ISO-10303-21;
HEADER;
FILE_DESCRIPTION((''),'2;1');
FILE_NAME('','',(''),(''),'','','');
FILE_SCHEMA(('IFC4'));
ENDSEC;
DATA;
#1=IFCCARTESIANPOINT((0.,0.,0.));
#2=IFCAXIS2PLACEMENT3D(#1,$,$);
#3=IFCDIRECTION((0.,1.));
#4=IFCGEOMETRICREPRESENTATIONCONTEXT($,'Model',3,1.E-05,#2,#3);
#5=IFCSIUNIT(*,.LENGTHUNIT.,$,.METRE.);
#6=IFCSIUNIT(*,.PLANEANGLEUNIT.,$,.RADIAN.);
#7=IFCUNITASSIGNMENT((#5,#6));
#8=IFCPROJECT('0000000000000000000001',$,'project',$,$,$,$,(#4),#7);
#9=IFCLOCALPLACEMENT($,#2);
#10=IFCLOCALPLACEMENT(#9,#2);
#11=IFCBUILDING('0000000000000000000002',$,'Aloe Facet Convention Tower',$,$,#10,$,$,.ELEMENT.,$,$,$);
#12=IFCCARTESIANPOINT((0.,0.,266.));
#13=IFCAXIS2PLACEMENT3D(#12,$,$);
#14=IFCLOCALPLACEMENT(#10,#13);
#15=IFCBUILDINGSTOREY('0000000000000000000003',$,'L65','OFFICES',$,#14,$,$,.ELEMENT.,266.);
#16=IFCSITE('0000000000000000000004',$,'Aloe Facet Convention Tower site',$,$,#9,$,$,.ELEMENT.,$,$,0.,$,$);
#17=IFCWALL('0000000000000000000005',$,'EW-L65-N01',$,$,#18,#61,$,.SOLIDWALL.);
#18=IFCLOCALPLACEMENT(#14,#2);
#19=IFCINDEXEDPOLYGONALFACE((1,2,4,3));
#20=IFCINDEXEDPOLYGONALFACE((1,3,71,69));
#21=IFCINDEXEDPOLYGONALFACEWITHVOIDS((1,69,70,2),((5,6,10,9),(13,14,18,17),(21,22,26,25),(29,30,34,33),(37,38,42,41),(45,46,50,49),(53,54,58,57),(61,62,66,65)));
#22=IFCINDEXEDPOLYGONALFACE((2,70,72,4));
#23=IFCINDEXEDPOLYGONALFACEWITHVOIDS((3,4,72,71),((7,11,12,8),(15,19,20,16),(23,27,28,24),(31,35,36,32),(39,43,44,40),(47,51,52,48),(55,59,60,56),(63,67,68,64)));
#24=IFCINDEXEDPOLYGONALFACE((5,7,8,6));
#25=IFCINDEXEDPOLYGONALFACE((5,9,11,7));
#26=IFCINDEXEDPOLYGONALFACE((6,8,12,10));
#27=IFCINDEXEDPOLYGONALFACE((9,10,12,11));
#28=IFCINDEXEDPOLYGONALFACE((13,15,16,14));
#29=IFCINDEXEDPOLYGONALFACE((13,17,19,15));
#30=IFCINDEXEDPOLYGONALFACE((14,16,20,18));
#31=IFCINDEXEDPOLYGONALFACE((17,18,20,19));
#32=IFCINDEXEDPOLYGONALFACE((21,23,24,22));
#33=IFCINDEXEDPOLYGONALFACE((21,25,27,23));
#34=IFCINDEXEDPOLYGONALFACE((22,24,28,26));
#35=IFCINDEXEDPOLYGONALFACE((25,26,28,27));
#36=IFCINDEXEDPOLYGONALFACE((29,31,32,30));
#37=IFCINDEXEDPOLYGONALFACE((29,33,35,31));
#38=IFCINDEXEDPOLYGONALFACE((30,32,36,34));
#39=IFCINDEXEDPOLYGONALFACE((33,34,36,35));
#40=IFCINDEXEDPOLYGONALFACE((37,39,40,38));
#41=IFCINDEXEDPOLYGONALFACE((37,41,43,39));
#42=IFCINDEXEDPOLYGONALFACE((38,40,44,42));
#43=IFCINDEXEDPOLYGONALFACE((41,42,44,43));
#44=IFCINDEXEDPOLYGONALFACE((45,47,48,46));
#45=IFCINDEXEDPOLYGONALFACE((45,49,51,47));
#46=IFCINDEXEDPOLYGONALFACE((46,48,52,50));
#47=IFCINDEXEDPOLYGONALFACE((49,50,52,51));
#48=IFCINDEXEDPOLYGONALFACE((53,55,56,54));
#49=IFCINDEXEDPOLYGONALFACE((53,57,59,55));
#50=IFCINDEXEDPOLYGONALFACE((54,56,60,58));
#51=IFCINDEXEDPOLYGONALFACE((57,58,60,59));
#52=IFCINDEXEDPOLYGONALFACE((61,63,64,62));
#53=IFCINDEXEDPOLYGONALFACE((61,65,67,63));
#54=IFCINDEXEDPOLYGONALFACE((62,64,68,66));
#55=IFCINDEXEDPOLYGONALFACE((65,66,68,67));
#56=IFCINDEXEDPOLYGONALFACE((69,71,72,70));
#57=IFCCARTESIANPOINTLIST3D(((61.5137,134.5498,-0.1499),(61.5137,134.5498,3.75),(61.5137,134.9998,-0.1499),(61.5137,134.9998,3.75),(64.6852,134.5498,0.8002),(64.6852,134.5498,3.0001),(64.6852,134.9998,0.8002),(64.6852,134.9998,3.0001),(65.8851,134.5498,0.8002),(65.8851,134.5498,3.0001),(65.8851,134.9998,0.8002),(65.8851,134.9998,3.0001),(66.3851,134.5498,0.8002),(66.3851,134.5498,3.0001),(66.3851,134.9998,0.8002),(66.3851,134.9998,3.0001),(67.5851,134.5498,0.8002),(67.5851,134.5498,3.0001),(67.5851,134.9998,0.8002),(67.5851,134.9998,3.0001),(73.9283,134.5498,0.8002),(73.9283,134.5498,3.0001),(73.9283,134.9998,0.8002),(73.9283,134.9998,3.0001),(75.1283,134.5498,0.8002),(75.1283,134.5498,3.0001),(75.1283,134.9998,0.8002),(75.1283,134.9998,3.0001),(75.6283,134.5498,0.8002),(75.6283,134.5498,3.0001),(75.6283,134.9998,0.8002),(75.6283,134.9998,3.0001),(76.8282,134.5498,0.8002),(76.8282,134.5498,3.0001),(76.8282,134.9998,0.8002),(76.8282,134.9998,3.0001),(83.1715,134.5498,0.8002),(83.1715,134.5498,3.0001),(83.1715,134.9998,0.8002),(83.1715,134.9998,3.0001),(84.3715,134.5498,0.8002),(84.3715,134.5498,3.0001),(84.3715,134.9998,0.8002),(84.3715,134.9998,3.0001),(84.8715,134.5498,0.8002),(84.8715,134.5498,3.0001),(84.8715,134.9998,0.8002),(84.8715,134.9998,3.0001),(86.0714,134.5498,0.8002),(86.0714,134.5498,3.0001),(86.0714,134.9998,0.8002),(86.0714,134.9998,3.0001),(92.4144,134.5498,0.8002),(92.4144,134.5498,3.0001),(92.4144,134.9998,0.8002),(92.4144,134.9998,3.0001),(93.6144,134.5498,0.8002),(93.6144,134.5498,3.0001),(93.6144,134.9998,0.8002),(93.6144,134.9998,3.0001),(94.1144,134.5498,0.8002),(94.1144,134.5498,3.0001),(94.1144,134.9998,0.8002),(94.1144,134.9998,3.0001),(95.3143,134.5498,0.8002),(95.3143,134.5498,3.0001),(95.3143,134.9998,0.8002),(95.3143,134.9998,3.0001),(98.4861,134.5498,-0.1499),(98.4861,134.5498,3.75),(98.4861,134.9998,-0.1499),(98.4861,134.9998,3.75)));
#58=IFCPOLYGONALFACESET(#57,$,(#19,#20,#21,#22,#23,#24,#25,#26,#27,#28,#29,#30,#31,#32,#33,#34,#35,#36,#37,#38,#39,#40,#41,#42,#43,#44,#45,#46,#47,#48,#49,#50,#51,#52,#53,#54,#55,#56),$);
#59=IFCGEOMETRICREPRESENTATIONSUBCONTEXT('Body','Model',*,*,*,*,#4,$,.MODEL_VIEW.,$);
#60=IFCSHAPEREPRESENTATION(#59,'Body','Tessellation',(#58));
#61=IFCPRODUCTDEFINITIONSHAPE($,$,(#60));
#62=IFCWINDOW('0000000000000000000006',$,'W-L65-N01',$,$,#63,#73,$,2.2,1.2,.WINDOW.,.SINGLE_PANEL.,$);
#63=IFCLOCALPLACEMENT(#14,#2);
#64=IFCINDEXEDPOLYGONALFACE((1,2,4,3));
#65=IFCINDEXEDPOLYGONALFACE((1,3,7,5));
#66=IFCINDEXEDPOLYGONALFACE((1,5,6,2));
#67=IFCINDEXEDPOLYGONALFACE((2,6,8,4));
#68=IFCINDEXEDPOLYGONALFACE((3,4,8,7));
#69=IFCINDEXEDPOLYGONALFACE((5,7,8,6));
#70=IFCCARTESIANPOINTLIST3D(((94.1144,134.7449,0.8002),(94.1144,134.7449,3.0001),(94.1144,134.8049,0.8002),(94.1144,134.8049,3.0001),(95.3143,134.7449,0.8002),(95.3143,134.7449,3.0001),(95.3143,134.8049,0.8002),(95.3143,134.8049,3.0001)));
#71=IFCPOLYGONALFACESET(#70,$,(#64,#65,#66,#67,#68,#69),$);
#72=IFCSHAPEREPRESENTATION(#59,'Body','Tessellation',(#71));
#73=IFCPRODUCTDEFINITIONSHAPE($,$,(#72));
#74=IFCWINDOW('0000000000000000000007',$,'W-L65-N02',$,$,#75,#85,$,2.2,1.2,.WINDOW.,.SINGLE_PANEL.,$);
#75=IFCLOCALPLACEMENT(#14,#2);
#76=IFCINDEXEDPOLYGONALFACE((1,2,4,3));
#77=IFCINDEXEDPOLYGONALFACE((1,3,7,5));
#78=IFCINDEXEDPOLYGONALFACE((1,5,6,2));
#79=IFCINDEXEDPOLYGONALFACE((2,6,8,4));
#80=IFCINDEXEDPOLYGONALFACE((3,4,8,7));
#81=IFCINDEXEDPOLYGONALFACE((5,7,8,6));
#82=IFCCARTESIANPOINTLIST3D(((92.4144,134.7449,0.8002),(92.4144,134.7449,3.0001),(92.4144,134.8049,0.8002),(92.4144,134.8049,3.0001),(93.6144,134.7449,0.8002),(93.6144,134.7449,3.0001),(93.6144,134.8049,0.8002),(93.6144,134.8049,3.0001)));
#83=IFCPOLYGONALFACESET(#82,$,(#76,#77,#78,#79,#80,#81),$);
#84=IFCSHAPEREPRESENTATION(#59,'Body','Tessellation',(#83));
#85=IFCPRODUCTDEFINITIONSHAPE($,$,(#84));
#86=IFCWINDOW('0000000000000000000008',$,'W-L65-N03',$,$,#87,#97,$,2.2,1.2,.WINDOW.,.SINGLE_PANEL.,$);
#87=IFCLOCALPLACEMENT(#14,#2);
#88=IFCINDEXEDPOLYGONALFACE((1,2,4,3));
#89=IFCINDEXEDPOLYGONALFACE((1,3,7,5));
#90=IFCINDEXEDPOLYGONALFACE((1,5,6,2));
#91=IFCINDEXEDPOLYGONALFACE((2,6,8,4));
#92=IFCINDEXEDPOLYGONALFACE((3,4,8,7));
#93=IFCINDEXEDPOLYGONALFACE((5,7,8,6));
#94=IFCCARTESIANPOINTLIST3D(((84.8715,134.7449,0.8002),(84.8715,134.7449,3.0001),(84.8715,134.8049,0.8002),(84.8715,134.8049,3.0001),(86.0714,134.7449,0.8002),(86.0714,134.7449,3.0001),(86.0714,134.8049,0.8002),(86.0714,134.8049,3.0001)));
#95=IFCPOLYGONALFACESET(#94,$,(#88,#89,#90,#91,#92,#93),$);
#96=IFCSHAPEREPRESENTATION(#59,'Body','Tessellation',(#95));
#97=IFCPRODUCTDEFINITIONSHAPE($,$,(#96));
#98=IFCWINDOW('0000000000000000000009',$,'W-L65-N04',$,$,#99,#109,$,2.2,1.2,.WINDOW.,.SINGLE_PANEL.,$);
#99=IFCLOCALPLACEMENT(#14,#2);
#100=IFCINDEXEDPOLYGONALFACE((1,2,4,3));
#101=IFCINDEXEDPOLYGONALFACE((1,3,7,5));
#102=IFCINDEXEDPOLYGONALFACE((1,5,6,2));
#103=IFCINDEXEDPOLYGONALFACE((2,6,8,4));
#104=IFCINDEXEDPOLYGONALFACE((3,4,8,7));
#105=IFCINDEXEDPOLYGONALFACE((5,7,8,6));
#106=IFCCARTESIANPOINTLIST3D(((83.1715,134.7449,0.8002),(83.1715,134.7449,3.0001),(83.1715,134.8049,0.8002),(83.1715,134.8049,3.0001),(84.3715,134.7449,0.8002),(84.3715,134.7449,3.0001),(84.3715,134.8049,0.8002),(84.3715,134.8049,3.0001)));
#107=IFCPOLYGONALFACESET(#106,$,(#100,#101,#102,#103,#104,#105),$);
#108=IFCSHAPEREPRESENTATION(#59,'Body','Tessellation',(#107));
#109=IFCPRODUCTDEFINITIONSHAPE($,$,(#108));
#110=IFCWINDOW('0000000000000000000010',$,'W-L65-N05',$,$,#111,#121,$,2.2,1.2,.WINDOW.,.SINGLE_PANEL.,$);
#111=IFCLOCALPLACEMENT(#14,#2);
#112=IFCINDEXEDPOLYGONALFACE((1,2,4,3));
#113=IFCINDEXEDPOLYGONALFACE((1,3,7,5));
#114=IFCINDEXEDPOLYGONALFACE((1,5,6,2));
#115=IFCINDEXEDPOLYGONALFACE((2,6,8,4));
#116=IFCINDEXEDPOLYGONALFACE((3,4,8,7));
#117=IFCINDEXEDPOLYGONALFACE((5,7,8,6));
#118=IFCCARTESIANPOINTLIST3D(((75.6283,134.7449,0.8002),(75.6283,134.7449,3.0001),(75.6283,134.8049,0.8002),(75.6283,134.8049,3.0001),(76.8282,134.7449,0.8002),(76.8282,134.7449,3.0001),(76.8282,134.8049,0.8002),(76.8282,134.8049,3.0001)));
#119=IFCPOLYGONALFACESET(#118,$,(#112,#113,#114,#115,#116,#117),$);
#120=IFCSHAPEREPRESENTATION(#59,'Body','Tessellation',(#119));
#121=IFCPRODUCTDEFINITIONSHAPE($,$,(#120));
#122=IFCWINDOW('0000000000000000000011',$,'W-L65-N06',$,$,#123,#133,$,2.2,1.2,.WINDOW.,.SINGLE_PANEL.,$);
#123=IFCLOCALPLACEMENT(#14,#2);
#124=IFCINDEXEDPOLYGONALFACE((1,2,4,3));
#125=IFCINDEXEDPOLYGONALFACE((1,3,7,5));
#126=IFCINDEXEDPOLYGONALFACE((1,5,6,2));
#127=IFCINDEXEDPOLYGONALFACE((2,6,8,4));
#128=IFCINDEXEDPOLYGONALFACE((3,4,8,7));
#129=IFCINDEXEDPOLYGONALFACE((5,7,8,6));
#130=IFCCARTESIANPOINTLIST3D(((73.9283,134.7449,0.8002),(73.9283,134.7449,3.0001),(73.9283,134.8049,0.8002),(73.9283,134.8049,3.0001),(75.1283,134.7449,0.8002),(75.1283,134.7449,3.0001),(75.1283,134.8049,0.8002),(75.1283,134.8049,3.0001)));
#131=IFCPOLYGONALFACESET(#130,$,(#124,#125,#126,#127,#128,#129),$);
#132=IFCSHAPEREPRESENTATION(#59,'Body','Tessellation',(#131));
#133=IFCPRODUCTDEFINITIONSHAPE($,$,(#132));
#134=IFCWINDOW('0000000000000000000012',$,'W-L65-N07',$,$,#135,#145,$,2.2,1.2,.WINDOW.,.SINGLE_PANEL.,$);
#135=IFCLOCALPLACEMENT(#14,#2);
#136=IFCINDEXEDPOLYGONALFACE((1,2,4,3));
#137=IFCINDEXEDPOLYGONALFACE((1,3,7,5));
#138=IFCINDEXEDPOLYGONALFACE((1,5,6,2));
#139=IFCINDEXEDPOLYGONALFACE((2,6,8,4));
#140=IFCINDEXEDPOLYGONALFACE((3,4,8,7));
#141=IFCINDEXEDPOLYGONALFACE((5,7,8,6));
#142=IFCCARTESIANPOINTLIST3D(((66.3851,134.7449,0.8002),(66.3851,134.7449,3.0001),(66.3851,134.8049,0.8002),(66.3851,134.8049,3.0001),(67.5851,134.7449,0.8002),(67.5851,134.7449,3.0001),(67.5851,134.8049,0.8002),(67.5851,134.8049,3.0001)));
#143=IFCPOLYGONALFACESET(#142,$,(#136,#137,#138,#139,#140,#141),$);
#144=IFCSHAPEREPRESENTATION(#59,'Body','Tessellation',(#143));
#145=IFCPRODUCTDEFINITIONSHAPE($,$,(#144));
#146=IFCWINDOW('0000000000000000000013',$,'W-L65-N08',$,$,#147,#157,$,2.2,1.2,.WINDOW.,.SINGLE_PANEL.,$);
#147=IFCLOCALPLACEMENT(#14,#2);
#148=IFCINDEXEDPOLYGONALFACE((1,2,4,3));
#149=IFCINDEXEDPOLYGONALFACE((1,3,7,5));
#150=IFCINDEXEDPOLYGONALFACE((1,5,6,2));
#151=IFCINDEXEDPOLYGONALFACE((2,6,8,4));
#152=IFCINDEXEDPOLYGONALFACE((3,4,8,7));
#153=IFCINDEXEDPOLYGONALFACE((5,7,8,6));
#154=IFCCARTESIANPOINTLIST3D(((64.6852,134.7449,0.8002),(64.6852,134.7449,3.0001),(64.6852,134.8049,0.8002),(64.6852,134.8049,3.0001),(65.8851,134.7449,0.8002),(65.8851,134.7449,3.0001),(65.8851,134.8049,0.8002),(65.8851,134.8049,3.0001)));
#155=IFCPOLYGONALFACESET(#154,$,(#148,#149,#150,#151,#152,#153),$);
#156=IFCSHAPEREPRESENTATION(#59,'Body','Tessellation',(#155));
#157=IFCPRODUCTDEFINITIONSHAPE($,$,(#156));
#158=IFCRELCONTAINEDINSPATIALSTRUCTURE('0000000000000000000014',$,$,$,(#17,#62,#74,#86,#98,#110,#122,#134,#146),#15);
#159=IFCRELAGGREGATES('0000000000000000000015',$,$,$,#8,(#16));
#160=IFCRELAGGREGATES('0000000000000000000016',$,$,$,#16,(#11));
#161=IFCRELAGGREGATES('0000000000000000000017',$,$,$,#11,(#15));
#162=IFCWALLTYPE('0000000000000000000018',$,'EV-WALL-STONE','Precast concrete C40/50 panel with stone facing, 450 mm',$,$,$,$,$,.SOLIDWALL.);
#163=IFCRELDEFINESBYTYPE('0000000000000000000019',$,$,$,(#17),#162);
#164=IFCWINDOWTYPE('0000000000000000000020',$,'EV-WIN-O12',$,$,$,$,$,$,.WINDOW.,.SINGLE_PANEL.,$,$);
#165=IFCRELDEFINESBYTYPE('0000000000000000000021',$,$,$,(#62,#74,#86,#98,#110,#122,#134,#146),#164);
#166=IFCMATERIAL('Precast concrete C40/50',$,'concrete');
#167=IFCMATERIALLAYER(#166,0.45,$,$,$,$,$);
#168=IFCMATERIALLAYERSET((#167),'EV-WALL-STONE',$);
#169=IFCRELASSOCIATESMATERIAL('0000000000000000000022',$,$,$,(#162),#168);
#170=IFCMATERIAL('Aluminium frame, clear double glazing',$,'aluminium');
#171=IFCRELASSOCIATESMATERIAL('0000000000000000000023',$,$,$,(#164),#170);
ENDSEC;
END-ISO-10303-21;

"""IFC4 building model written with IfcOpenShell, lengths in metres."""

from ifc_helpers import new_model, si_unit, direction, frame, frame_2d, origin, place, context, subcontext, project, spatial, polyline, rectangle, outline, extrude, material, layer, layer_set, type_object, element, fill, save


model = new_model("IFC4")

# Units and contexts
model_context = context("Model", 3, precision=1e-05, world=origin(), true_north=direction((0.0, 1.0)))
body_context = subcontext(model_context, "Body", "Model", "MODEL_VIEW")
ifc_project = project(units=[si_unit("LENGTHUNIT", "METRE"), si_unit("PLANEANGLEUNIT", "RADIAN")], contexts=[model_context])

# Site, building, storey
site_placement = place(None, origin())
site = spatial("IfcSite", under=ifc_project, at=site_placement, Name="Aloe Facet Convention Tower site", CompositionType="ELEMENT", RefElevation=0.0)
building_placement = place(site_placement, origin())
building = spatial("IfcBuilding", under=site, at=building_placement, Name="Aloe Facet Convention Tower", CompositionType="ELEMENT")
storey_placement = place(building_placement, frame((0.0, 0.0, 266.0)))
storey = spatial("IfcBuildingStorey", under=building, at=storey_placement, Name="L65", Description="OFFICES", CompositionType="ELEMENT", Elevation=266.0)

# Wall, openings, windows
ifc_material_1 = material(Name="Precast concrete C40/50", Category="concrete")
ifc_layer_1 = layer(ifc_material_1, 0.45)
ifc_layer_set_1 = layer_set([ifc_layer_1], Name="EV-WALL-STONE")
wall_type_1 = type_object("IfcWallType", Name="EV-WALL-STONE", Description="Precast concrete C40/50 panel with stone facing, 450 mm", PredefinedType="SOLIDWALL", material=ifc_layer_set_1)
wall_1_placement = place(storey_placement, frame((98.4861, 134.7749, -0.1499), z_axis=(0.0, 0.0, 1.0), x_axis=(-1.0, 0.0, 0.0)))
wall_1 = element("IfcWall", 1, at=wall_1_placement, inside=storey, type_object=wall_type_1, Name="EW-L65-N01", PredefinedType="SOLIDWALL", context=body_context, shape_type="SweptSolid", body=[
    extrude(outline(polyline([(36.9724, 0.0), (36.9724, 3.8999), (0.0, 3.8999), (0.0, 0.0), (36.9724, 0.0)])), frame((0.0, 0.2251, 0.0), z_axis=(0.0, -1.0, 0.0), x_axis=(1.0, 0.0, 0.0)), (0.0, 0.0, 1.0), 0.45),
])
opening_1_placement = place(wall_1_placement, frame((3.1716, 0.0, 0.95)))
opening_1 = element("IfcOpeningElement", 2, at=opening_1_placement, cuts=wall_1, PredefinedType="OPENING", context=body_context, shape_type="SweptSolid", body=[
    extrude(rectangle(XDim=1.2, YDim=2.2, at=frame_2d((0.6001, 1.1001))), frame((0.0, 0.2349, 0.0), z_axis=(0.0, -1.0, 0.0), x_axis=(1.0, 0.0, 0.0)), (0.0, 0.0, 1.0), 0.47),
])
opening_2_placement = place(wall_1_placement, frame((4.8716, 0.0, 0.95)))
opening_2 = element("IfcOpeningElement", 3, at=opening_2_placement, cuts=wall_1, PredefinedType="OPENING", context=body_context, shape_type="SweptSolid", body=[
    extrude(rectangle(XDim=1.2, YDim=2.2, at=frame_2d((0.6001, 1.1001))), frame((0.0, 0.2349, 0.0), z_axis=(0.0, -1.0, 0.0), x_axis=(1.0, 0.0, 0.0)), (0.0, 0.0, 1.0), 0.47),
])
opening_3_placement = place(wall_1_placement, frame((12.4146, 0.0, 0.95)))
opening_3 = element("IfcOpeningElement", 4, at=opening_3_placement, cuts=wall_1, PredefinedType="OPENING", context=body_context, shape_type="SweptSolid", body=[
    extrude(rectangle(XDim=1.2, YDim=2.2, at=frame_2d((0.6001, 1.1001))), frame((0.0, 0.2349, 0.0), z_axis=(0.0, -1.0, 0.0), x_axis=(1.0, 0.0, 0.0)), (0.0, 0.0, 1.0), 0.47),
])
opening_4_placement = place(wall_1_placement, frame((14.1145, 0.0, 0.95)))
opening_4 = element("IfcOpeningElement", 5, at=opening_4_placement, cuts=wall_1, PredefinedType="OPENING", context=body_context, shape_type="SweptSolid", body=[
    extrude(rectangle(XDim=1.2, YDim=2.2, at=frame_2d((0.6001, 1.1001))), frame((0.0, 0.2349, 0.0), z_axis=(0.0, -1.0, 0.0), x_axis=(1.0, 0.0, 0.0)), (0.0, 0.0, 1.0), 0.47),
])
opening_5_placement = place(wall_1_placement, frame((21.6577, 0.0, 0.95)))
opening_5 = element("IfcOpeningElement", 6, at=opening_5_placement, cuts=wall_1, PredefinedType="OPENING", context=body_context, shape_type="SweptSolid", body=[
    extrude(rectangle(XDim=1.2, YDim=2.2, at=frame_2d((0.6001, 1.1001))), frame((0.0, 0.2349, 0.0), z_axis=(0.0, -1.0, 0.0), x_axis=(1.0, 0.0, 0.0)), (0.0, 0.0, 1.0), 0.47),
])
opening_6_placement = place(wall_1_placement, frame((23.3577, 0.0, 0.95)))
opening_6 = element("IfcOpeningElement", 7, at=opening_6_placement, cuts=wall_1, PredefinedType="OPENING", context=body_context, shape_type="SweptSolid", body=[
    extrude(rectangle(XDim=1.2, YDim=2.2, at=frame_2d((0.6001, 1.1001))), frame((0.0, 0.2349, 0.0), z_axis=(0.0, -1.0, 0.0), x_axis=(1.0, 0.0, 0.0)), (0.0, 0.0, 1.0), 0.47),
])
opening_7_placement = place(wall_1_placement, frame((30.9009, 0.0, 0.95)))
opening_7 = element("IfcOpeningElement", 8, at=opening_7_placement, cuts=wall_1, PredefinedType="OPENING", context=body_context, shape_type="SweptSolid", body=[
    extrude(rectangle(XDim=1.2, YDim=2.2, at=frame_2d((0.6001, 1.1001))), frame((0.0, 0.2349, 0.0), z_axis=(0.0, -1.0, 0.0), x_axis=(1.0, 0.0, 0.0)), (0.0, 0.0, 1.0), 0.47),
])
opening_8_placement = place(wall_1_placement, frame((32.6008, 0.0, 0.95)))
opening_8 = element("IfcOpeningElement", 9, at=opening_8_placement, cuts=wall_1, PredefinedType="OPENING", context=body_context, shape_type="SweptSolid", body=[
    extrude(rectangle(XDim=1.2, YDim=2.2, at=frame_2d((0.6001, 1.1001))), frame((0.0, 0.2349, 0.0), z_axis=(0.0, -1.0, 0.0), x_axis=(1.0, 0.0, 0.0)), (0.0, 0.0, 1.0), 0.47),
])
ifc_material_2 = material(Name="Aluminium frame, clear double glazing", Category="aluminium")
window_type = type_object("IfcWindowType", Name="EV-WIN-O12", PartitioningType="SINGLE_PANEL", PredefinedType="WINDOW", material=ifc_material_2)
window_1_placement = place(opening_1_placement, origin())
window_1 = element("IfcWindow", 10, at=window_1_placement, inside=storey, type_object=window_type, Name="W-L65-N01", OverallHeight=2.2, OverallWidth=1.2, PartitioningType="SINGLE_PANEL", PredefinedType="WINDOW", context=body_context, shape_type="SweptSolid", body=[
    extrude(rectangle(XDim=1.2, YDim=2.2, at=frame_2d((0.6001, 1.1001))), frame((0.0, 0.03, 0.0), z_axis=(0.0, -1.0, 0.0), x_axis=(1.0, 0.0, 0.0)), (0.0, 0.0, 1.0), 0.0601),
])
fill(opening_1, window_1)
window_2_placement = place(opening_2_placement, origin())
window_2 = element("IfcWindow", 11, at=window_2_placement, inside=storey, type_object=window_type, Name="W-L65-N02", OverallHeight=2.2, OverallWidth=1.2, PartitioningType="SINGLE_PANEL", PredefinedType="WINDOW", context=body_context, shape_type="SweptSolid", body=[
    extrude(rectangle(XDim=1.2, YDim=2.2, at=frame_2d((0.6001, 1.1001))), frame((0.0, 0.03, 0.0), z_axis=(0.0, -1.0, 0.0), x_axis=(1.0, 0.0, 0.0)), (0.0, 0.0, 1.0), 0.0601),
])
fill(opening_2, window_2)
window_3_placement = place(opening_3_placement, origin())
window_3 = element("IfcWindow", 12, at=window_3_placement, inside=storey, type_object=window_type, Name="W-L65-N03", OverallHeight=2.2, OverallWidth=1.2, PartitioningType="SINGLE_PANEL", PredefinedType="WINDOW", context=body_context, shape_type="SweptSolid", body=[
    extrude(rectangle(XDim=1.2, YDim=2.2, at=frame_2d((0.6001, 1.1001))), frame((0.0, 0.03, 0.0), z_axis=(0.0, -1.0, 0.0), x_axis=(1.0, 0.0, 0.0)), (0.0, 0.0, 1.0), 0.0601),
])
fill(opening_3, window_3)
window_4_placement = place(opening_4_placement, origin())
window_4 = element("IfcWindow", 13, at=window_4_placement, inside=storey, type_object=window_type, Name="W-L65-N04", OverallHeight=2.2, OverallWidth=1.2, PartitioningType="SINGLE_PANEL", PredefinedType="WINDOW", context=body_context, shape_type="SweptSolid", body=[
    extrude(rectangle(XDim=1.2, YDim=2.2, at=frame_2d((0.6001, 1.1001))), frame((0.0, 0.03, 0.0), z_axis=(0.0, -1.0, 0.0), x_axis=(1.0, 0.0, 0.0)), (0.0, 0.0, 1.0), 0.0601),
])
fill(opening_4, window_4)
window_5_placement = place(opening_5_placement, origin())
window_5 = element("IfcWindow", 14, at=window_5_placement, inside=storey, type_object=window_type, Name="W-L65-N05", OverallHeight=2.2, OverallWidth=1.2, PartitioningType="SINGLE_PANEL", PredefinedType="WINDOW", context=body_context, shape_type="SweptSolid", body=[
    extrude(rectangle(XDim=1.2, YDim=2.2, at=frame_2d((0.6001, 1.1001))), frame((0.0, 0.03, 0.0), z_axis=(0.0, -1.0, 0.0), x_axis=(1.0, 0.0, 0.0)), (0.0, 0.0, 1.0), 0.0601),
])
fill(opening_5, window_5)
window_6_placement = place(opening_6_placement, origin())
window_6 = element("IfcWindow", 15, at=window_6_placement, inside=storey, type_object=window_type, Name="W-L65-N06", OverallHeight=2.2, OverallWidth=1.2, PartitioningType="SINGLE_PANEL", PredefinedType="WINDOW", context=body_context, shape_type="SweptSolid", body=[
    extrude(rectangle(XDim=1.2, YDim=2.2, at=frame_2d((0.6001, 1.1001))), frame((0.0, 0.03, 0.0), z_axis=(0.0, -1.0, 0.0), x_axis=(1.0, 0.0, 0.0)), (0.0, 0.0, 1.0), 0.0601),
])
fill(opening_6, window_6)
window_7_placement = place(opening_7_placement, origin())
window_7 = element("IfcWindow", 16, at=window_7_placement, inside=storey, type_object=window_type, Name="W-L65-N07", OverallHeight=2.2, OverallWidth=1.2, PartitioningType="SINGLE_PANEL", PredefinedType="WINDOW", context=body_context, shape_type="SweptSolid", body=[
    extrude(rectangle(XDim=1.2, YDim=2.2, at=frame_2d((0.6001, 1.1001))), frame((0.0, 0.03, 0.0), z_axis=(0.0, -1.0, 0.0), x_axis=(1.0, 0.0, 0.0)), (0.0, 0.0, 1.0), 0.0601),
])
fill(opening_7, window_7)
window_8_placement = place(opening_8_placement, origin())
window_8 = element("IfcWindow", 17, at=window_8_placement, inside=storey, type_object=window_type, Name="W-L65-N08", OverallHeight=2.2, OverallWidth=1.2, PartitioningType="SINGLE_PANEL", PredefinedType="WINDOW", context=body_context, shape_type="SweptSolid", body=[
    extrude(rectangle(XDim=1.2, YDim=2.2, at=frame_2d((0.6001, 1.1001))), frame((0.0, 0.03, 0.0), z_axis=(0.0, -1.0, 0.0), x_axis=(1.0, 0.0, 0.0)), (0.0, 0.0, 1.0), 0.0601),
])
fill(opening_8, window_8)

save(model, "model.ifc")
